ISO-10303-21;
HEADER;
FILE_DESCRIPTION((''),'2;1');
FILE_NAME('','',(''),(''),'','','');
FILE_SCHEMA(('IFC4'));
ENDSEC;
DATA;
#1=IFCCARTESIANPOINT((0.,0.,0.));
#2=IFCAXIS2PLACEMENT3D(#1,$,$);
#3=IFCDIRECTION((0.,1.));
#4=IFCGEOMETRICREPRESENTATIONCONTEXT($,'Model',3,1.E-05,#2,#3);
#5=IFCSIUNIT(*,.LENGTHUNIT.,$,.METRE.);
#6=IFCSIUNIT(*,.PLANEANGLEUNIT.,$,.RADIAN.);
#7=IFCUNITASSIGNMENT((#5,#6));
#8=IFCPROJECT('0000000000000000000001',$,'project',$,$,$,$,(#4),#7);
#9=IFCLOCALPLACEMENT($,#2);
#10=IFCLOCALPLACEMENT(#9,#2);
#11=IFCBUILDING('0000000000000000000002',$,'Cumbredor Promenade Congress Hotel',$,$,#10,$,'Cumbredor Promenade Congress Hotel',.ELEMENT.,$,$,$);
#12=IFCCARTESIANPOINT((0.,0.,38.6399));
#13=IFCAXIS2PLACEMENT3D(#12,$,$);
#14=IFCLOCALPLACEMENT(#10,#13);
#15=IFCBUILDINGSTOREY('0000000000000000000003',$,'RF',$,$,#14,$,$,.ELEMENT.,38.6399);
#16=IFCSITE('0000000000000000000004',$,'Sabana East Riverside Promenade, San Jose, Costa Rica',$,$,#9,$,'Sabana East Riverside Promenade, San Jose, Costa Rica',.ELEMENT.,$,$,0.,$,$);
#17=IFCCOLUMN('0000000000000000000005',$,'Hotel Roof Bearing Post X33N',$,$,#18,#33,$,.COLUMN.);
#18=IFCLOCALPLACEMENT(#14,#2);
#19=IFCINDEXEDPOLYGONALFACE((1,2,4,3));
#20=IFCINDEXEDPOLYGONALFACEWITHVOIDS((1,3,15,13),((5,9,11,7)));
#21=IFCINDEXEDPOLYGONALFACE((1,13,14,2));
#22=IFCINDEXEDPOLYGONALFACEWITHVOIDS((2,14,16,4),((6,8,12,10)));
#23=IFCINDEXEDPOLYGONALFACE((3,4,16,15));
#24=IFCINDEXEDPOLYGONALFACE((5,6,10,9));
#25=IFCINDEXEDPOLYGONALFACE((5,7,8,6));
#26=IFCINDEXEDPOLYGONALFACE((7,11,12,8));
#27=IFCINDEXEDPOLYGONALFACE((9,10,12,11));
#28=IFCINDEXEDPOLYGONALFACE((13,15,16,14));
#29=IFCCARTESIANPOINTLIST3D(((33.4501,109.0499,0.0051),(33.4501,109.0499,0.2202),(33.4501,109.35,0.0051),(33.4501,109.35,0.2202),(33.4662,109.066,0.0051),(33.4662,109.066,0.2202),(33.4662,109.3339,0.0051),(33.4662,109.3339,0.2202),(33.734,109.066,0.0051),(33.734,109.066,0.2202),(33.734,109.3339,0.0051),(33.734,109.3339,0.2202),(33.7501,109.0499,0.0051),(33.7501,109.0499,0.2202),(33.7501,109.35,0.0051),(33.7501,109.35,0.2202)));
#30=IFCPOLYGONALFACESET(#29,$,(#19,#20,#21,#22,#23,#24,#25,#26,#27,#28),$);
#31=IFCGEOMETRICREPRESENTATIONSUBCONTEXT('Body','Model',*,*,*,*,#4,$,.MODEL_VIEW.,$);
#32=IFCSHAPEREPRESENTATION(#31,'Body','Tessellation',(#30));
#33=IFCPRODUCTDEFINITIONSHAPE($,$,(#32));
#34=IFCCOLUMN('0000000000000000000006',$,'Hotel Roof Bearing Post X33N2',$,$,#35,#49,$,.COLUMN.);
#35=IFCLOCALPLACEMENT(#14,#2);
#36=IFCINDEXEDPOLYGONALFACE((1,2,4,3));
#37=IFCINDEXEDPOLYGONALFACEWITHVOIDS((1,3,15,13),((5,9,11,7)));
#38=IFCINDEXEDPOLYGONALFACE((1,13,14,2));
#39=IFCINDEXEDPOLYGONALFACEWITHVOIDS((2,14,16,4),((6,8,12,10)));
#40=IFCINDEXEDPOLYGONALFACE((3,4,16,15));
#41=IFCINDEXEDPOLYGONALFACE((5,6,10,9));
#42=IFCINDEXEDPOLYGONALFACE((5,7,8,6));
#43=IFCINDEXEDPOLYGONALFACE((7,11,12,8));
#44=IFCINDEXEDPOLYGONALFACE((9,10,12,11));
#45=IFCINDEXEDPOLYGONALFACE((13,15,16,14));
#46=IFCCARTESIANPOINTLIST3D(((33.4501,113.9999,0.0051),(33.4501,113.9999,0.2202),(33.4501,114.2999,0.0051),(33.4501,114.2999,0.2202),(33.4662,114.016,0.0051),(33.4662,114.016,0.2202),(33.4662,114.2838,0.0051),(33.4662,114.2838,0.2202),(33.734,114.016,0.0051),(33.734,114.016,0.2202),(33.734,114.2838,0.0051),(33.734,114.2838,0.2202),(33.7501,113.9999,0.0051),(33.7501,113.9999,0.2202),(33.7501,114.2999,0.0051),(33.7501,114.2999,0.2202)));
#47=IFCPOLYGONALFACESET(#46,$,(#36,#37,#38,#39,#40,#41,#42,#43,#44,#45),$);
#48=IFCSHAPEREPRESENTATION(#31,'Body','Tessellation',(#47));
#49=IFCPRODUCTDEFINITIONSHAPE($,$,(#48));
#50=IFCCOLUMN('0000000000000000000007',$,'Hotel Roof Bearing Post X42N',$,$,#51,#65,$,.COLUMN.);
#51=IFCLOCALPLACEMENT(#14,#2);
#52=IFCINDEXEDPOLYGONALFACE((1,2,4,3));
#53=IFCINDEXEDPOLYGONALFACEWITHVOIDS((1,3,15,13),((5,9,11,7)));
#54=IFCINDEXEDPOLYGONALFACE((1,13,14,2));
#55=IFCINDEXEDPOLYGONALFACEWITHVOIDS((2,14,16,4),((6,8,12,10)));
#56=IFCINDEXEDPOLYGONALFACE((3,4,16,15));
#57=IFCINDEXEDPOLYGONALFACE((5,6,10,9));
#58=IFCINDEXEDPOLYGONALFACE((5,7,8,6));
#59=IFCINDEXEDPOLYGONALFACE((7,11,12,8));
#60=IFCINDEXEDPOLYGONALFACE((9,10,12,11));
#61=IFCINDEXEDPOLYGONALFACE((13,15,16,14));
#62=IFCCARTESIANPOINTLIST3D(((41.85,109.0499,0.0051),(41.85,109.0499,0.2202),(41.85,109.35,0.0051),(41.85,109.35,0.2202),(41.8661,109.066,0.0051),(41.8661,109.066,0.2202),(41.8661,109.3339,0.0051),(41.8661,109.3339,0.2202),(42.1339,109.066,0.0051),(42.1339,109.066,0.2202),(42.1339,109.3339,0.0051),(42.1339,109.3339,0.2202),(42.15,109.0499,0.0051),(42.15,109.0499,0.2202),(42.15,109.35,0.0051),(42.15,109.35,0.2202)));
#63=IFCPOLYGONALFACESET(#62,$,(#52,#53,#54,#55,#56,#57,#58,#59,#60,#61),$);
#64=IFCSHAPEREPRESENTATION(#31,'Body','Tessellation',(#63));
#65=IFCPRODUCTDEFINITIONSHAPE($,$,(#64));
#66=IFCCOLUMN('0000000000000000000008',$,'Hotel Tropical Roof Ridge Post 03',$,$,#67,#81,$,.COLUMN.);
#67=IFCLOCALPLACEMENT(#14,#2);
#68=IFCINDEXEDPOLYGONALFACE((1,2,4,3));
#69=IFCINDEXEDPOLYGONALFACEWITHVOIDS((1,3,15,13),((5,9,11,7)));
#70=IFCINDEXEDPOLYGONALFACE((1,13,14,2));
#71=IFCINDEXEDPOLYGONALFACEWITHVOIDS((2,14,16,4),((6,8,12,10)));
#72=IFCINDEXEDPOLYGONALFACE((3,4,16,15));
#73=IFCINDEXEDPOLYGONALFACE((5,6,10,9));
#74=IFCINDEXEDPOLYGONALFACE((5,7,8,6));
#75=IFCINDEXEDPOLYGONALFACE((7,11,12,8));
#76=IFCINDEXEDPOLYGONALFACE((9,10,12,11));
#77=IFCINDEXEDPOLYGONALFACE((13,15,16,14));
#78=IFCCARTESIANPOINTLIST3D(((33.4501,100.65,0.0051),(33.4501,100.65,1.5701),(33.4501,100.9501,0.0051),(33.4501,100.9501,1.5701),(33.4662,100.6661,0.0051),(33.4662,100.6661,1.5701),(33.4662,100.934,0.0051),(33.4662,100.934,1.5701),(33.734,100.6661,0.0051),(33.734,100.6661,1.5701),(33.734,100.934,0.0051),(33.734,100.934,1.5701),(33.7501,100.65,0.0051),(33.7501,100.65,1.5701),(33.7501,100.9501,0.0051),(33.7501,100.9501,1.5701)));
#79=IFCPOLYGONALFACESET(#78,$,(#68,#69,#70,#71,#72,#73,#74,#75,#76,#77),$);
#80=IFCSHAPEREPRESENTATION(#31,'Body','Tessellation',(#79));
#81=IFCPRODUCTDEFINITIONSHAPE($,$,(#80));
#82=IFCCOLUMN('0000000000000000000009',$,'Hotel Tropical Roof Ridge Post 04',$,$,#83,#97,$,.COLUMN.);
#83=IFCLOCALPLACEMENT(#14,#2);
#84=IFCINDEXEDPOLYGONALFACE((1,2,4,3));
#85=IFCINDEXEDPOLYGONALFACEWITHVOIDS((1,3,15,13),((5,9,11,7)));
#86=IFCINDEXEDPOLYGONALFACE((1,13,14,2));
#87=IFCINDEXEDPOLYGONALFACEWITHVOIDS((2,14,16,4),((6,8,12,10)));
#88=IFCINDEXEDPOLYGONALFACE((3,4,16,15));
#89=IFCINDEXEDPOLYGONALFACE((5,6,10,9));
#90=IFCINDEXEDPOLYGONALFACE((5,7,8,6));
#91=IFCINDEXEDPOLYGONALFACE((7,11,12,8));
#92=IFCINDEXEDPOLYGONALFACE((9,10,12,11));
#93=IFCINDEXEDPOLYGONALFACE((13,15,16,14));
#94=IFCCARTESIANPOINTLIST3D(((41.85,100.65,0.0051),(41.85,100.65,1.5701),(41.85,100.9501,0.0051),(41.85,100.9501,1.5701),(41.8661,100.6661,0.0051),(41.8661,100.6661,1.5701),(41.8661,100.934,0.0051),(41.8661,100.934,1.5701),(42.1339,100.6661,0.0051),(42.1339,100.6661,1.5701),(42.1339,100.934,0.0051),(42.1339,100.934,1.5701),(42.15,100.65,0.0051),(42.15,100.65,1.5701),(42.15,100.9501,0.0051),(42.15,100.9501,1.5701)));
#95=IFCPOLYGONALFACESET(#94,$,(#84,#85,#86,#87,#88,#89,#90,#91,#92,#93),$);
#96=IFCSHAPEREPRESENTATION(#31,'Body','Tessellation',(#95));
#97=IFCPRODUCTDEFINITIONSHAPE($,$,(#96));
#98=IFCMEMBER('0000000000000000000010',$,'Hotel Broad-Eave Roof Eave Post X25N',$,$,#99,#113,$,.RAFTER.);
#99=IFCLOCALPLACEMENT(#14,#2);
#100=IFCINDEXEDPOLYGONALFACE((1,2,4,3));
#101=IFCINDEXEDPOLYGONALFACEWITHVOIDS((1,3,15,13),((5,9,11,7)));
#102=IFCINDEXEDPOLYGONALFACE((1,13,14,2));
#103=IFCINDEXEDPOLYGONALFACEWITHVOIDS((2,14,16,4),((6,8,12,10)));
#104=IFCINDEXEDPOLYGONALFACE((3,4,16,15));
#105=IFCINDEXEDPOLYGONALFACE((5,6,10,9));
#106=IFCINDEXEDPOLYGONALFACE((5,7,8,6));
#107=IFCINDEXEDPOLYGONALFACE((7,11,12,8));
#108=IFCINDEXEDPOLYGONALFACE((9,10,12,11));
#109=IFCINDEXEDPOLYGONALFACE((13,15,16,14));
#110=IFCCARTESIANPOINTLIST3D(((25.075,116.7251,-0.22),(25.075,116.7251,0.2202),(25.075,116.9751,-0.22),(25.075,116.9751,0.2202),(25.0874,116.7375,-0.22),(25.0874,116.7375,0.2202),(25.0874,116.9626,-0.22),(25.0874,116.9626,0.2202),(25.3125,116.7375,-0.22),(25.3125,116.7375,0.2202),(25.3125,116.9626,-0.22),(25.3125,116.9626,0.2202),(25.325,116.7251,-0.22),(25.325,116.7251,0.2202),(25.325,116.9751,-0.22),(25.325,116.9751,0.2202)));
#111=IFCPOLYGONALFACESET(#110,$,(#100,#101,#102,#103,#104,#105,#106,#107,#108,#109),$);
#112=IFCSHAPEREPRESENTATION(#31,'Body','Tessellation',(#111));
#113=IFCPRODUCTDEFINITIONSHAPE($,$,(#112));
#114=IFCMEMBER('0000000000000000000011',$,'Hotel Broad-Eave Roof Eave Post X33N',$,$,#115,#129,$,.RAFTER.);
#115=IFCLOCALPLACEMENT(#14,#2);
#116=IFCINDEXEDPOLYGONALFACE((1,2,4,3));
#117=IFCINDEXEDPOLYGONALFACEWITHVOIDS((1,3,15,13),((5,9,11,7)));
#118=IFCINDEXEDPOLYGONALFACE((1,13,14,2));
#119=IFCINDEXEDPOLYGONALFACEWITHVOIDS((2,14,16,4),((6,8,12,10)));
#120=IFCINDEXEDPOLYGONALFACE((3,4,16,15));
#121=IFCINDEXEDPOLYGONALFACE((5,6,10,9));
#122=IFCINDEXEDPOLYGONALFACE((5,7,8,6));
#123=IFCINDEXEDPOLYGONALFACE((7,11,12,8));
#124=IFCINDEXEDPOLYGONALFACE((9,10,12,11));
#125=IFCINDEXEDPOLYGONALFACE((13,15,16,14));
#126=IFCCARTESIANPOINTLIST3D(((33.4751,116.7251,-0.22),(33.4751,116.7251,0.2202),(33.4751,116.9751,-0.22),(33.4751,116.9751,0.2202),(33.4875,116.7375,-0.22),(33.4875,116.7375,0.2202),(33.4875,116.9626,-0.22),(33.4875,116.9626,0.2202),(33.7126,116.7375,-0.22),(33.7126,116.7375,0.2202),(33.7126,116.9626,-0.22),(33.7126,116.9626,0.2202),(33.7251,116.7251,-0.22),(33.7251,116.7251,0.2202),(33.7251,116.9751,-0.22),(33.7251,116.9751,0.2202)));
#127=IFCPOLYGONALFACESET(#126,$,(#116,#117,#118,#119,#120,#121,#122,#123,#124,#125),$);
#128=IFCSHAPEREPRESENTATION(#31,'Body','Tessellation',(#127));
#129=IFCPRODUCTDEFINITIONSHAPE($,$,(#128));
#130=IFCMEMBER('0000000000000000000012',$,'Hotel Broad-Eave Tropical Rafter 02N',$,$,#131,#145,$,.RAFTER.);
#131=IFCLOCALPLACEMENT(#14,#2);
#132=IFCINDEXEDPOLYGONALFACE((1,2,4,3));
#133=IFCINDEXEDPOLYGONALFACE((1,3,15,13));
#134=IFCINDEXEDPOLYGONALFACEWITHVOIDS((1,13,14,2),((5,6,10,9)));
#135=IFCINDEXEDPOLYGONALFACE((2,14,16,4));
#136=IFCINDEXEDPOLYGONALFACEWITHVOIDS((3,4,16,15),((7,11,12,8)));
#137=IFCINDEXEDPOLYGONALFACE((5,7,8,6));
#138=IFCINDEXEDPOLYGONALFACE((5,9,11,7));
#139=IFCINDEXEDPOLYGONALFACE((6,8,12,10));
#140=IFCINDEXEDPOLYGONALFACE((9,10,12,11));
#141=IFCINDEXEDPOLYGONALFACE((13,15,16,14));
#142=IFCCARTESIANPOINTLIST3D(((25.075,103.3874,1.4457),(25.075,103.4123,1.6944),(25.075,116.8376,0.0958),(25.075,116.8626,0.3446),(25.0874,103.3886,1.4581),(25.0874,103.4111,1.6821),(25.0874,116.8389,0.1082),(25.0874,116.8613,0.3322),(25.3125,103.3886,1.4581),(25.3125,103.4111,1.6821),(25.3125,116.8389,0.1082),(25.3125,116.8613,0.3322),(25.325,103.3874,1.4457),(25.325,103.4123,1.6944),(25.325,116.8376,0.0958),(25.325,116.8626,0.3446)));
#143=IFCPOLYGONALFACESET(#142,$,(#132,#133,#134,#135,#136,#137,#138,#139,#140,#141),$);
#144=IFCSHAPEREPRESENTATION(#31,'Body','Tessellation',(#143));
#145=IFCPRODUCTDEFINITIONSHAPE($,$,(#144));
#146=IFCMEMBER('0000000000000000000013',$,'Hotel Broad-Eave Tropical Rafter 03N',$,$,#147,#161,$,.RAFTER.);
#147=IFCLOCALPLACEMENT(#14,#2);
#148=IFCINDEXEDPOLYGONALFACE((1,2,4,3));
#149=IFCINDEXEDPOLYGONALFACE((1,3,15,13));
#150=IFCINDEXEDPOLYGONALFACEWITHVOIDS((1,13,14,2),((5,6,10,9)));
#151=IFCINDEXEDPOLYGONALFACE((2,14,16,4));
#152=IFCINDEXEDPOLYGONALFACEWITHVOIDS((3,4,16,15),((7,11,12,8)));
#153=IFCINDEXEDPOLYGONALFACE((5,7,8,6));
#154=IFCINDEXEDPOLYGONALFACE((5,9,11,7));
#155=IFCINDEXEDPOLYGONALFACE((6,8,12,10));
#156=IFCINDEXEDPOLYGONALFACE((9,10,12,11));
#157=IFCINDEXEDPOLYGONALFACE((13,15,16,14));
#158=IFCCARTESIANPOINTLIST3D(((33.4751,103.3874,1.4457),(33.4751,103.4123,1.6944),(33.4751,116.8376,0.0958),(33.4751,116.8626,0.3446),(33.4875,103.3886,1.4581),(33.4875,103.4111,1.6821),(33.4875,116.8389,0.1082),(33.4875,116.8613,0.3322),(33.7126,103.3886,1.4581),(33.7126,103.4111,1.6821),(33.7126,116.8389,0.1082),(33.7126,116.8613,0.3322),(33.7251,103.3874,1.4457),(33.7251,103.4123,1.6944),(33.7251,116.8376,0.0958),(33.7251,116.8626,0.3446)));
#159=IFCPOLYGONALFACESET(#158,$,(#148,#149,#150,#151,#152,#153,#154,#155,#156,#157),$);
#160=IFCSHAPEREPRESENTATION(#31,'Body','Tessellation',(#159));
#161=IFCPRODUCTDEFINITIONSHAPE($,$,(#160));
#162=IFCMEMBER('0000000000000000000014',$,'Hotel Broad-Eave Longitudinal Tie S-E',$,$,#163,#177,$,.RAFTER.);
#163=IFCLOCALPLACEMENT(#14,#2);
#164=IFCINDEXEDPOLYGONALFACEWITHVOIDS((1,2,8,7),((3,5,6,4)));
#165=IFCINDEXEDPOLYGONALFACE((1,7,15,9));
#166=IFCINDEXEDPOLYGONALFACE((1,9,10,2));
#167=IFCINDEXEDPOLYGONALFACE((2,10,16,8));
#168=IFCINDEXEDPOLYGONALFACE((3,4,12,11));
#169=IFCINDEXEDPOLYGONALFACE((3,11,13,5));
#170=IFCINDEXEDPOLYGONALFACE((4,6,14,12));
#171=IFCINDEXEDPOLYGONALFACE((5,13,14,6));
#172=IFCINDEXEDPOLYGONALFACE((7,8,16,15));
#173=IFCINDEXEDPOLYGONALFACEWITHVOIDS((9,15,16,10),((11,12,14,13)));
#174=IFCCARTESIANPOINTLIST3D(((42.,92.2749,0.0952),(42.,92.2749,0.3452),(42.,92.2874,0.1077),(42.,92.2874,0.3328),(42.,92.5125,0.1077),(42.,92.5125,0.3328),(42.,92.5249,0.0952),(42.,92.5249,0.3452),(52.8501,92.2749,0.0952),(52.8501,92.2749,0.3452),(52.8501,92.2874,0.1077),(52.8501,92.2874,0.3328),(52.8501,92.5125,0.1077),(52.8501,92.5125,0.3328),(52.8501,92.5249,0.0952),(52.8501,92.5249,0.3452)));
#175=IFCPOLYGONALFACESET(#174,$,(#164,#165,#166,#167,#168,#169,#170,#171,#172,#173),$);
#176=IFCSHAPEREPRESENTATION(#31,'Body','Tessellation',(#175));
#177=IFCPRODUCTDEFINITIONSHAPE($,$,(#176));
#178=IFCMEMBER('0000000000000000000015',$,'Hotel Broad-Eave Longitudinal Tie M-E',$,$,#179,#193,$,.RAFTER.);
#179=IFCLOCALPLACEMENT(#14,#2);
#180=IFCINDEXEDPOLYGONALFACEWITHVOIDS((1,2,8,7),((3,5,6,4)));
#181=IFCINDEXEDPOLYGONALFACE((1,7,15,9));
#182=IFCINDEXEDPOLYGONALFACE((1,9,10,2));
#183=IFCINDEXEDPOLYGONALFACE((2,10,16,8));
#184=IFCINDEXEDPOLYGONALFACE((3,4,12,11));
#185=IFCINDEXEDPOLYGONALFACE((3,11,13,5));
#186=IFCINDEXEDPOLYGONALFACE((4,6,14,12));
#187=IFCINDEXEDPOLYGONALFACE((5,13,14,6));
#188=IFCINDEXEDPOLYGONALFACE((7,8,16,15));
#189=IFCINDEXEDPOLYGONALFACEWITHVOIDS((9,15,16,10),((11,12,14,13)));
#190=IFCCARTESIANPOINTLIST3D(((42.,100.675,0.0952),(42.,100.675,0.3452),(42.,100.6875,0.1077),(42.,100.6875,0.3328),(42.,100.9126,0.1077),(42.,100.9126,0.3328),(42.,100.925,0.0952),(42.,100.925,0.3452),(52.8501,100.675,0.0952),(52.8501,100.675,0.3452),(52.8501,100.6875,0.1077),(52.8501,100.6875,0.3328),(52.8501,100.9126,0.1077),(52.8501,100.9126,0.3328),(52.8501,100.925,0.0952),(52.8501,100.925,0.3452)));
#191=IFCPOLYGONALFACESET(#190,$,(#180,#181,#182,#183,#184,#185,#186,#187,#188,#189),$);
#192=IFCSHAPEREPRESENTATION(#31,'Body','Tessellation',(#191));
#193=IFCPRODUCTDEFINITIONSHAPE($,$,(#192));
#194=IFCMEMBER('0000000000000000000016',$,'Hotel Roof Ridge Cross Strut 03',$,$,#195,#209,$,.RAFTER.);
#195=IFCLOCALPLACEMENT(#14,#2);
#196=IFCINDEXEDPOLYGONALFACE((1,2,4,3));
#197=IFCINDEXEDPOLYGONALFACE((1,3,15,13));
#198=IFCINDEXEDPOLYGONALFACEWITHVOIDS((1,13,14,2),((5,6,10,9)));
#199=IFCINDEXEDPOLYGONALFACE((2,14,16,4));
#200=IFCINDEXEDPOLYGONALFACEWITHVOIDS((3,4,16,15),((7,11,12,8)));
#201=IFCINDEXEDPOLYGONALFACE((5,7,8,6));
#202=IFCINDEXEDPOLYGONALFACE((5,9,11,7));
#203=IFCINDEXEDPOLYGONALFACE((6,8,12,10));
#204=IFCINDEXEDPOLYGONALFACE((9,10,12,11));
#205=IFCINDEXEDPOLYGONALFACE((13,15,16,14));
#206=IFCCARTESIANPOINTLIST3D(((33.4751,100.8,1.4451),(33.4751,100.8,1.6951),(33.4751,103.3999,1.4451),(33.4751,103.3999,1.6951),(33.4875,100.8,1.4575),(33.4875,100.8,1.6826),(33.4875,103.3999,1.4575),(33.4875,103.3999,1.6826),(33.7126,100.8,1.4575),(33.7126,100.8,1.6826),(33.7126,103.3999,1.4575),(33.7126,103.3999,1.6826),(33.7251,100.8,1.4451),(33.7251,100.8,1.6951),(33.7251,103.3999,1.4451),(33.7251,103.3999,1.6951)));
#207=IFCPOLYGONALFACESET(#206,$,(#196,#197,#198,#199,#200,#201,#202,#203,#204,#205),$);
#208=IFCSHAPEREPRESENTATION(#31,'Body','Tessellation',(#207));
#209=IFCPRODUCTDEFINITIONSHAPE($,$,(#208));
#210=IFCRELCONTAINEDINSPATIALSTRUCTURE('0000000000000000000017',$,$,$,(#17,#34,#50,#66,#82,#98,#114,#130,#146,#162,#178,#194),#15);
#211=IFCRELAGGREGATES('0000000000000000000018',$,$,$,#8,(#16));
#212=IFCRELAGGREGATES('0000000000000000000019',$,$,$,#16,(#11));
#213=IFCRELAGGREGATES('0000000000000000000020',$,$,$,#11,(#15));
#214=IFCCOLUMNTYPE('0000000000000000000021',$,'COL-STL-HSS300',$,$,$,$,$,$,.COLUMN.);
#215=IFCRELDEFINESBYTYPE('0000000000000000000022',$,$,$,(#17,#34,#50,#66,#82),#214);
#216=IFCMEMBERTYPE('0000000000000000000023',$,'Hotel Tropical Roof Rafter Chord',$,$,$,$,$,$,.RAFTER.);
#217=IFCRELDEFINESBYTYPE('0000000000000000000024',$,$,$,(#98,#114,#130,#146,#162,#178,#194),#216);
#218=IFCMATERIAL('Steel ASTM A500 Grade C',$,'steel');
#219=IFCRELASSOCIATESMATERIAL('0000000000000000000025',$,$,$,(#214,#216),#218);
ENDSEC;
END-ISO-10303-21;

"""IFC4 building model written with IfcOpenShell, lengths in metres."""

from ifc_helpers import new_model, si_unit, direction, frame, origin, origin_2d, place, context, subcontext, project, spatial, hollow_rectangle, extrude, material, material_profile, profile_set, type_object, element, save


model = new_model("IFC4")

# Units and contexts
model_context = context("Model", 3, precision=1e-05, world=origin(), true_north=direction((0.0, 1.0)))
body_context = subcontext(model_context, "Body", "Model", "MODEL_VIEW")
ifc_project = project(units=[si_unit("LENGTHUNIT", "METRE"), si_unit("PLANEANGLEUNIT", "RADIAN")], contexts=[model_context])

# Site, building, storey
site_placement = place(None, origin())
site = spatial("IfcSite", under=ifc_project, at=site_placement, Name="Sabana East Riverside Promenade, San Jose, Costa Rica", LongName="Sabana East Riverside Promenade, San Jose, Costa Rica", CompositionType="ELEMENT", RefElevation=0.0)
building_placement = place(site_placement, origin())
building = spatial("IfcBuilding", under=site, at=building_placement, Name="Cumbredor Promenade Congress Hotel", LongName="Cumbredor Promenade Congress Hotel", CompositionType="ELEMENT")
storey_placement = place(building_placement, frame((0.0, 0.0, 38.6399)))
storey = spatial("IfcBuildingStorey", under=building, at=storey_placement, Name="RF", CompositionType="ELEMENT", Elevation=38.6399)

# Columns
ifc_material_1 = material(Name="Steel ASTM A500 Grade C", Category="steel")
ifc_material_profile_1 = material_profile(ifc_material_1, hollow_rectangle(XDim=0.3, YDim=0.3, WallThickness=0.0161, at=origin_2d()), Name="HSS 300x300x16")
ifc_profile_set_1 = profile_set([ifc_material_profile_1], Name="Steel ASTM A500 Grade C")
column_type = type_object("IfcColumnType", Name="COL-STL-HSS300", PredefinedType="COLUMN", material=ifc_profile_set_1)
for number, where, z_axis, x_axis, name in (
    (1, (33.6001, 109.2, 0.0051), (0.0, 0.0, 1.0), (1.0, 0.0, 0.0), "Hotel Roof Bearing Post X33N"),
    (2, (33.6001, 114.1499, 0.0051), (0.0, 0.0, 1.0), (1.0, 0.0, 0.0), "Hotel Roof Bearing Post X33N2"),
    (3, (42.0, 109.2, 0.0051), (0.0, 0.0, 1.0), (1.0, 0.0, 0.0), "Hotel Roof Bearing Post X42N"),
):
    element("IfcColumn", number, at=place(storey_placement, frame(where, z_axis=z_axis, x_axis=x_axis)), inside=storey, type_object=column_type, Name=name, PredefinedType="COLUMN", context=body_context, shape_type="SweptSolid", body=[
        extrude(hollow_rectangle(XDim=0.3, YDim=0.3, WallThickness=0.0161, at=origin_2d()), origin(), (0.0, 0.0, 1.0), 0.2151),
    ])
for number, where, z_axis, x_axis, name in (
    (4, (33.6001, 100.8, 0.0051), (0.0, 0.0, 1.0), (1.0, 0.0, 0.0), "Hotel Tropical Roof Ridge Post 03"),
    (5, (42.0, 100.8, 0.0051), (0.0, 0.0, 1.0), (1.0, 0.0, 0.0), "Hotel Tropical Roof Ridge Post 04"),
):
    element("IfcColumn", number, at=place(storey_placement, frame(where, z_axis=z_axis, x_axis=x_axis)), inside=storey, type_object=column_type, Name=name, PredefinedType="COLUMN", context=body_context, shape_type="SweptSolid", body=[
        extrude(hollow_rectangle(XDim=0.3, YDim=0.3, WallThickness=0.0161, at=origin_2d()), origin(), (0.0, 0.0, 1.0), 1.5649),
    ])

# Members
ifc_material_profile_2 = material_profile(ifc_material_1, hollow_rectangle(XDim=0.25, YDim=0.25, WallThickness=0.0125, at=origin_2d()), Name="HSS 250x250x12.5")
ifc_profile_set_2 = profile_set([ifc_material_profile_2], Name="Steel ASTM A500 Grade C")
member_type = type_object("IfcMemberType", Name="Hotel Tropical Roof Rafter Chord", PredefinedType="RAFTER", material=ifc_profile_set_2)
for number, where, z_axis, x_axis, name in (
    (6, (25.2, 116.8501, -0.22), (0.0, 0.0, 1.0), (1.0, 0.0, 0.0), "Hotel Broad-Eave Roof Eave Post X25N"),
    (7, (33.6001, 116.8501, -0.22), (0.0, 0.0, 1.0), (1.0, 0.0, 0.0), "Hotel Broad-Eave Roof Eave Post X33N"),
):
    element("IfcMember", number, at=place(storey_placement, frame(where, z_axis=z_axis, x_axis=x_axis)), inside=storey, type_object=member_type, Name=name, PredefinedType="RAFTER", context=body_context, shape_type="SweptSolid", body=[
        extrude(hollow_rectangle(XDim=0.25, YDim=0.25, WallThickness=0.0125, at=origin_2d()), origin(), (0.0, 0.0, 1.0), 0.4402),
    ])
for number, where, z_axis, x_axis, name in (
    (8, (25.2, 116.8501, 0.2202), (0.0, -0.995002, 0.099858), (1.0, 0.0, 0.0), "Hotel Broad-Eave Tropical Rafter 02N"),
    (9, (33.6001, 116.8501, 0.2202), (0.0, -0.995002, 0.099858), (1.0, 0.0, 0.0), "Hotel Broad-Eave Tropical Rafter 03N"),
):
    element("IfcMember", number, at=place(storey_placement, frame(where, z_axis=z_axis, x_axis=x_axis)), inside=storey, type_object=member_type, Name=name, PredefinedType="RAFTER", context=body_context, shape_type="SweptSolid", body=[
        extrude(hollow_rectangle(XDim=0.25, YDim=0.25, WallThickness=0.0125, at=origin_2d()), origin(), (0.0, 0.0, 1.0), 13.5178),
    ])
for number, where, z_axis, x_axis, name in (
    (10, (42.0, 92.3999, 0.2202), (1.0, 0.0, 0.0), (0.0, 1.0, 0.0), "Hotel Broad-Eave Longitudinal Tie S-E"),
    (11, (42.0, 100.8, 0.2202), (1.0, 0.0, 0.0), (0.0, 1.0, 0.0), "Hotel Broad-Eave Longitudinal Tie M-E"),
):
    element("IfcMember", number, at=place(storey_placement, frame(where, z_axis=z_axis, x_axis=x_axis)), inside=storey, type_object=member_type, Name=name, PredefinedType="RAFTER", context=body_context, shape_type="SweptSolid", body=[
        extrude(hollow_rectangle(XDim=0.25, YDim=0.25, WallThickness=0.0125, at=origin_2d()), origin(), (0.0, 0.0, 1.0), 10.8501),
    ])
for number, where, z_axis, x_axis, name in (
    (12, (33.6001, 100.8, 1.5701), (0.0, 1.0, 0.0), (-1.0, 0.0, 0.0), "Hotel Roof Ridge Cross Strut 03"),
):
    element("IfcMember", number, at=place(storey_placement, frame(where, z_axis=z_axis, x_axis=x_axis)), inside=storey, type_object=member_type, Name=name, PredefinedType="RAFTER", context=body_context, shape_type="SweptSolid", body=[
        extrude(hollow_rectangle(XDim=0.25, YDim=0.25, WallThickness=0.0125, at=origin_2d()), origin(), (0.0, 0.0, 1.0), 2.5999),
    ])

save(model, "model.ifc")
